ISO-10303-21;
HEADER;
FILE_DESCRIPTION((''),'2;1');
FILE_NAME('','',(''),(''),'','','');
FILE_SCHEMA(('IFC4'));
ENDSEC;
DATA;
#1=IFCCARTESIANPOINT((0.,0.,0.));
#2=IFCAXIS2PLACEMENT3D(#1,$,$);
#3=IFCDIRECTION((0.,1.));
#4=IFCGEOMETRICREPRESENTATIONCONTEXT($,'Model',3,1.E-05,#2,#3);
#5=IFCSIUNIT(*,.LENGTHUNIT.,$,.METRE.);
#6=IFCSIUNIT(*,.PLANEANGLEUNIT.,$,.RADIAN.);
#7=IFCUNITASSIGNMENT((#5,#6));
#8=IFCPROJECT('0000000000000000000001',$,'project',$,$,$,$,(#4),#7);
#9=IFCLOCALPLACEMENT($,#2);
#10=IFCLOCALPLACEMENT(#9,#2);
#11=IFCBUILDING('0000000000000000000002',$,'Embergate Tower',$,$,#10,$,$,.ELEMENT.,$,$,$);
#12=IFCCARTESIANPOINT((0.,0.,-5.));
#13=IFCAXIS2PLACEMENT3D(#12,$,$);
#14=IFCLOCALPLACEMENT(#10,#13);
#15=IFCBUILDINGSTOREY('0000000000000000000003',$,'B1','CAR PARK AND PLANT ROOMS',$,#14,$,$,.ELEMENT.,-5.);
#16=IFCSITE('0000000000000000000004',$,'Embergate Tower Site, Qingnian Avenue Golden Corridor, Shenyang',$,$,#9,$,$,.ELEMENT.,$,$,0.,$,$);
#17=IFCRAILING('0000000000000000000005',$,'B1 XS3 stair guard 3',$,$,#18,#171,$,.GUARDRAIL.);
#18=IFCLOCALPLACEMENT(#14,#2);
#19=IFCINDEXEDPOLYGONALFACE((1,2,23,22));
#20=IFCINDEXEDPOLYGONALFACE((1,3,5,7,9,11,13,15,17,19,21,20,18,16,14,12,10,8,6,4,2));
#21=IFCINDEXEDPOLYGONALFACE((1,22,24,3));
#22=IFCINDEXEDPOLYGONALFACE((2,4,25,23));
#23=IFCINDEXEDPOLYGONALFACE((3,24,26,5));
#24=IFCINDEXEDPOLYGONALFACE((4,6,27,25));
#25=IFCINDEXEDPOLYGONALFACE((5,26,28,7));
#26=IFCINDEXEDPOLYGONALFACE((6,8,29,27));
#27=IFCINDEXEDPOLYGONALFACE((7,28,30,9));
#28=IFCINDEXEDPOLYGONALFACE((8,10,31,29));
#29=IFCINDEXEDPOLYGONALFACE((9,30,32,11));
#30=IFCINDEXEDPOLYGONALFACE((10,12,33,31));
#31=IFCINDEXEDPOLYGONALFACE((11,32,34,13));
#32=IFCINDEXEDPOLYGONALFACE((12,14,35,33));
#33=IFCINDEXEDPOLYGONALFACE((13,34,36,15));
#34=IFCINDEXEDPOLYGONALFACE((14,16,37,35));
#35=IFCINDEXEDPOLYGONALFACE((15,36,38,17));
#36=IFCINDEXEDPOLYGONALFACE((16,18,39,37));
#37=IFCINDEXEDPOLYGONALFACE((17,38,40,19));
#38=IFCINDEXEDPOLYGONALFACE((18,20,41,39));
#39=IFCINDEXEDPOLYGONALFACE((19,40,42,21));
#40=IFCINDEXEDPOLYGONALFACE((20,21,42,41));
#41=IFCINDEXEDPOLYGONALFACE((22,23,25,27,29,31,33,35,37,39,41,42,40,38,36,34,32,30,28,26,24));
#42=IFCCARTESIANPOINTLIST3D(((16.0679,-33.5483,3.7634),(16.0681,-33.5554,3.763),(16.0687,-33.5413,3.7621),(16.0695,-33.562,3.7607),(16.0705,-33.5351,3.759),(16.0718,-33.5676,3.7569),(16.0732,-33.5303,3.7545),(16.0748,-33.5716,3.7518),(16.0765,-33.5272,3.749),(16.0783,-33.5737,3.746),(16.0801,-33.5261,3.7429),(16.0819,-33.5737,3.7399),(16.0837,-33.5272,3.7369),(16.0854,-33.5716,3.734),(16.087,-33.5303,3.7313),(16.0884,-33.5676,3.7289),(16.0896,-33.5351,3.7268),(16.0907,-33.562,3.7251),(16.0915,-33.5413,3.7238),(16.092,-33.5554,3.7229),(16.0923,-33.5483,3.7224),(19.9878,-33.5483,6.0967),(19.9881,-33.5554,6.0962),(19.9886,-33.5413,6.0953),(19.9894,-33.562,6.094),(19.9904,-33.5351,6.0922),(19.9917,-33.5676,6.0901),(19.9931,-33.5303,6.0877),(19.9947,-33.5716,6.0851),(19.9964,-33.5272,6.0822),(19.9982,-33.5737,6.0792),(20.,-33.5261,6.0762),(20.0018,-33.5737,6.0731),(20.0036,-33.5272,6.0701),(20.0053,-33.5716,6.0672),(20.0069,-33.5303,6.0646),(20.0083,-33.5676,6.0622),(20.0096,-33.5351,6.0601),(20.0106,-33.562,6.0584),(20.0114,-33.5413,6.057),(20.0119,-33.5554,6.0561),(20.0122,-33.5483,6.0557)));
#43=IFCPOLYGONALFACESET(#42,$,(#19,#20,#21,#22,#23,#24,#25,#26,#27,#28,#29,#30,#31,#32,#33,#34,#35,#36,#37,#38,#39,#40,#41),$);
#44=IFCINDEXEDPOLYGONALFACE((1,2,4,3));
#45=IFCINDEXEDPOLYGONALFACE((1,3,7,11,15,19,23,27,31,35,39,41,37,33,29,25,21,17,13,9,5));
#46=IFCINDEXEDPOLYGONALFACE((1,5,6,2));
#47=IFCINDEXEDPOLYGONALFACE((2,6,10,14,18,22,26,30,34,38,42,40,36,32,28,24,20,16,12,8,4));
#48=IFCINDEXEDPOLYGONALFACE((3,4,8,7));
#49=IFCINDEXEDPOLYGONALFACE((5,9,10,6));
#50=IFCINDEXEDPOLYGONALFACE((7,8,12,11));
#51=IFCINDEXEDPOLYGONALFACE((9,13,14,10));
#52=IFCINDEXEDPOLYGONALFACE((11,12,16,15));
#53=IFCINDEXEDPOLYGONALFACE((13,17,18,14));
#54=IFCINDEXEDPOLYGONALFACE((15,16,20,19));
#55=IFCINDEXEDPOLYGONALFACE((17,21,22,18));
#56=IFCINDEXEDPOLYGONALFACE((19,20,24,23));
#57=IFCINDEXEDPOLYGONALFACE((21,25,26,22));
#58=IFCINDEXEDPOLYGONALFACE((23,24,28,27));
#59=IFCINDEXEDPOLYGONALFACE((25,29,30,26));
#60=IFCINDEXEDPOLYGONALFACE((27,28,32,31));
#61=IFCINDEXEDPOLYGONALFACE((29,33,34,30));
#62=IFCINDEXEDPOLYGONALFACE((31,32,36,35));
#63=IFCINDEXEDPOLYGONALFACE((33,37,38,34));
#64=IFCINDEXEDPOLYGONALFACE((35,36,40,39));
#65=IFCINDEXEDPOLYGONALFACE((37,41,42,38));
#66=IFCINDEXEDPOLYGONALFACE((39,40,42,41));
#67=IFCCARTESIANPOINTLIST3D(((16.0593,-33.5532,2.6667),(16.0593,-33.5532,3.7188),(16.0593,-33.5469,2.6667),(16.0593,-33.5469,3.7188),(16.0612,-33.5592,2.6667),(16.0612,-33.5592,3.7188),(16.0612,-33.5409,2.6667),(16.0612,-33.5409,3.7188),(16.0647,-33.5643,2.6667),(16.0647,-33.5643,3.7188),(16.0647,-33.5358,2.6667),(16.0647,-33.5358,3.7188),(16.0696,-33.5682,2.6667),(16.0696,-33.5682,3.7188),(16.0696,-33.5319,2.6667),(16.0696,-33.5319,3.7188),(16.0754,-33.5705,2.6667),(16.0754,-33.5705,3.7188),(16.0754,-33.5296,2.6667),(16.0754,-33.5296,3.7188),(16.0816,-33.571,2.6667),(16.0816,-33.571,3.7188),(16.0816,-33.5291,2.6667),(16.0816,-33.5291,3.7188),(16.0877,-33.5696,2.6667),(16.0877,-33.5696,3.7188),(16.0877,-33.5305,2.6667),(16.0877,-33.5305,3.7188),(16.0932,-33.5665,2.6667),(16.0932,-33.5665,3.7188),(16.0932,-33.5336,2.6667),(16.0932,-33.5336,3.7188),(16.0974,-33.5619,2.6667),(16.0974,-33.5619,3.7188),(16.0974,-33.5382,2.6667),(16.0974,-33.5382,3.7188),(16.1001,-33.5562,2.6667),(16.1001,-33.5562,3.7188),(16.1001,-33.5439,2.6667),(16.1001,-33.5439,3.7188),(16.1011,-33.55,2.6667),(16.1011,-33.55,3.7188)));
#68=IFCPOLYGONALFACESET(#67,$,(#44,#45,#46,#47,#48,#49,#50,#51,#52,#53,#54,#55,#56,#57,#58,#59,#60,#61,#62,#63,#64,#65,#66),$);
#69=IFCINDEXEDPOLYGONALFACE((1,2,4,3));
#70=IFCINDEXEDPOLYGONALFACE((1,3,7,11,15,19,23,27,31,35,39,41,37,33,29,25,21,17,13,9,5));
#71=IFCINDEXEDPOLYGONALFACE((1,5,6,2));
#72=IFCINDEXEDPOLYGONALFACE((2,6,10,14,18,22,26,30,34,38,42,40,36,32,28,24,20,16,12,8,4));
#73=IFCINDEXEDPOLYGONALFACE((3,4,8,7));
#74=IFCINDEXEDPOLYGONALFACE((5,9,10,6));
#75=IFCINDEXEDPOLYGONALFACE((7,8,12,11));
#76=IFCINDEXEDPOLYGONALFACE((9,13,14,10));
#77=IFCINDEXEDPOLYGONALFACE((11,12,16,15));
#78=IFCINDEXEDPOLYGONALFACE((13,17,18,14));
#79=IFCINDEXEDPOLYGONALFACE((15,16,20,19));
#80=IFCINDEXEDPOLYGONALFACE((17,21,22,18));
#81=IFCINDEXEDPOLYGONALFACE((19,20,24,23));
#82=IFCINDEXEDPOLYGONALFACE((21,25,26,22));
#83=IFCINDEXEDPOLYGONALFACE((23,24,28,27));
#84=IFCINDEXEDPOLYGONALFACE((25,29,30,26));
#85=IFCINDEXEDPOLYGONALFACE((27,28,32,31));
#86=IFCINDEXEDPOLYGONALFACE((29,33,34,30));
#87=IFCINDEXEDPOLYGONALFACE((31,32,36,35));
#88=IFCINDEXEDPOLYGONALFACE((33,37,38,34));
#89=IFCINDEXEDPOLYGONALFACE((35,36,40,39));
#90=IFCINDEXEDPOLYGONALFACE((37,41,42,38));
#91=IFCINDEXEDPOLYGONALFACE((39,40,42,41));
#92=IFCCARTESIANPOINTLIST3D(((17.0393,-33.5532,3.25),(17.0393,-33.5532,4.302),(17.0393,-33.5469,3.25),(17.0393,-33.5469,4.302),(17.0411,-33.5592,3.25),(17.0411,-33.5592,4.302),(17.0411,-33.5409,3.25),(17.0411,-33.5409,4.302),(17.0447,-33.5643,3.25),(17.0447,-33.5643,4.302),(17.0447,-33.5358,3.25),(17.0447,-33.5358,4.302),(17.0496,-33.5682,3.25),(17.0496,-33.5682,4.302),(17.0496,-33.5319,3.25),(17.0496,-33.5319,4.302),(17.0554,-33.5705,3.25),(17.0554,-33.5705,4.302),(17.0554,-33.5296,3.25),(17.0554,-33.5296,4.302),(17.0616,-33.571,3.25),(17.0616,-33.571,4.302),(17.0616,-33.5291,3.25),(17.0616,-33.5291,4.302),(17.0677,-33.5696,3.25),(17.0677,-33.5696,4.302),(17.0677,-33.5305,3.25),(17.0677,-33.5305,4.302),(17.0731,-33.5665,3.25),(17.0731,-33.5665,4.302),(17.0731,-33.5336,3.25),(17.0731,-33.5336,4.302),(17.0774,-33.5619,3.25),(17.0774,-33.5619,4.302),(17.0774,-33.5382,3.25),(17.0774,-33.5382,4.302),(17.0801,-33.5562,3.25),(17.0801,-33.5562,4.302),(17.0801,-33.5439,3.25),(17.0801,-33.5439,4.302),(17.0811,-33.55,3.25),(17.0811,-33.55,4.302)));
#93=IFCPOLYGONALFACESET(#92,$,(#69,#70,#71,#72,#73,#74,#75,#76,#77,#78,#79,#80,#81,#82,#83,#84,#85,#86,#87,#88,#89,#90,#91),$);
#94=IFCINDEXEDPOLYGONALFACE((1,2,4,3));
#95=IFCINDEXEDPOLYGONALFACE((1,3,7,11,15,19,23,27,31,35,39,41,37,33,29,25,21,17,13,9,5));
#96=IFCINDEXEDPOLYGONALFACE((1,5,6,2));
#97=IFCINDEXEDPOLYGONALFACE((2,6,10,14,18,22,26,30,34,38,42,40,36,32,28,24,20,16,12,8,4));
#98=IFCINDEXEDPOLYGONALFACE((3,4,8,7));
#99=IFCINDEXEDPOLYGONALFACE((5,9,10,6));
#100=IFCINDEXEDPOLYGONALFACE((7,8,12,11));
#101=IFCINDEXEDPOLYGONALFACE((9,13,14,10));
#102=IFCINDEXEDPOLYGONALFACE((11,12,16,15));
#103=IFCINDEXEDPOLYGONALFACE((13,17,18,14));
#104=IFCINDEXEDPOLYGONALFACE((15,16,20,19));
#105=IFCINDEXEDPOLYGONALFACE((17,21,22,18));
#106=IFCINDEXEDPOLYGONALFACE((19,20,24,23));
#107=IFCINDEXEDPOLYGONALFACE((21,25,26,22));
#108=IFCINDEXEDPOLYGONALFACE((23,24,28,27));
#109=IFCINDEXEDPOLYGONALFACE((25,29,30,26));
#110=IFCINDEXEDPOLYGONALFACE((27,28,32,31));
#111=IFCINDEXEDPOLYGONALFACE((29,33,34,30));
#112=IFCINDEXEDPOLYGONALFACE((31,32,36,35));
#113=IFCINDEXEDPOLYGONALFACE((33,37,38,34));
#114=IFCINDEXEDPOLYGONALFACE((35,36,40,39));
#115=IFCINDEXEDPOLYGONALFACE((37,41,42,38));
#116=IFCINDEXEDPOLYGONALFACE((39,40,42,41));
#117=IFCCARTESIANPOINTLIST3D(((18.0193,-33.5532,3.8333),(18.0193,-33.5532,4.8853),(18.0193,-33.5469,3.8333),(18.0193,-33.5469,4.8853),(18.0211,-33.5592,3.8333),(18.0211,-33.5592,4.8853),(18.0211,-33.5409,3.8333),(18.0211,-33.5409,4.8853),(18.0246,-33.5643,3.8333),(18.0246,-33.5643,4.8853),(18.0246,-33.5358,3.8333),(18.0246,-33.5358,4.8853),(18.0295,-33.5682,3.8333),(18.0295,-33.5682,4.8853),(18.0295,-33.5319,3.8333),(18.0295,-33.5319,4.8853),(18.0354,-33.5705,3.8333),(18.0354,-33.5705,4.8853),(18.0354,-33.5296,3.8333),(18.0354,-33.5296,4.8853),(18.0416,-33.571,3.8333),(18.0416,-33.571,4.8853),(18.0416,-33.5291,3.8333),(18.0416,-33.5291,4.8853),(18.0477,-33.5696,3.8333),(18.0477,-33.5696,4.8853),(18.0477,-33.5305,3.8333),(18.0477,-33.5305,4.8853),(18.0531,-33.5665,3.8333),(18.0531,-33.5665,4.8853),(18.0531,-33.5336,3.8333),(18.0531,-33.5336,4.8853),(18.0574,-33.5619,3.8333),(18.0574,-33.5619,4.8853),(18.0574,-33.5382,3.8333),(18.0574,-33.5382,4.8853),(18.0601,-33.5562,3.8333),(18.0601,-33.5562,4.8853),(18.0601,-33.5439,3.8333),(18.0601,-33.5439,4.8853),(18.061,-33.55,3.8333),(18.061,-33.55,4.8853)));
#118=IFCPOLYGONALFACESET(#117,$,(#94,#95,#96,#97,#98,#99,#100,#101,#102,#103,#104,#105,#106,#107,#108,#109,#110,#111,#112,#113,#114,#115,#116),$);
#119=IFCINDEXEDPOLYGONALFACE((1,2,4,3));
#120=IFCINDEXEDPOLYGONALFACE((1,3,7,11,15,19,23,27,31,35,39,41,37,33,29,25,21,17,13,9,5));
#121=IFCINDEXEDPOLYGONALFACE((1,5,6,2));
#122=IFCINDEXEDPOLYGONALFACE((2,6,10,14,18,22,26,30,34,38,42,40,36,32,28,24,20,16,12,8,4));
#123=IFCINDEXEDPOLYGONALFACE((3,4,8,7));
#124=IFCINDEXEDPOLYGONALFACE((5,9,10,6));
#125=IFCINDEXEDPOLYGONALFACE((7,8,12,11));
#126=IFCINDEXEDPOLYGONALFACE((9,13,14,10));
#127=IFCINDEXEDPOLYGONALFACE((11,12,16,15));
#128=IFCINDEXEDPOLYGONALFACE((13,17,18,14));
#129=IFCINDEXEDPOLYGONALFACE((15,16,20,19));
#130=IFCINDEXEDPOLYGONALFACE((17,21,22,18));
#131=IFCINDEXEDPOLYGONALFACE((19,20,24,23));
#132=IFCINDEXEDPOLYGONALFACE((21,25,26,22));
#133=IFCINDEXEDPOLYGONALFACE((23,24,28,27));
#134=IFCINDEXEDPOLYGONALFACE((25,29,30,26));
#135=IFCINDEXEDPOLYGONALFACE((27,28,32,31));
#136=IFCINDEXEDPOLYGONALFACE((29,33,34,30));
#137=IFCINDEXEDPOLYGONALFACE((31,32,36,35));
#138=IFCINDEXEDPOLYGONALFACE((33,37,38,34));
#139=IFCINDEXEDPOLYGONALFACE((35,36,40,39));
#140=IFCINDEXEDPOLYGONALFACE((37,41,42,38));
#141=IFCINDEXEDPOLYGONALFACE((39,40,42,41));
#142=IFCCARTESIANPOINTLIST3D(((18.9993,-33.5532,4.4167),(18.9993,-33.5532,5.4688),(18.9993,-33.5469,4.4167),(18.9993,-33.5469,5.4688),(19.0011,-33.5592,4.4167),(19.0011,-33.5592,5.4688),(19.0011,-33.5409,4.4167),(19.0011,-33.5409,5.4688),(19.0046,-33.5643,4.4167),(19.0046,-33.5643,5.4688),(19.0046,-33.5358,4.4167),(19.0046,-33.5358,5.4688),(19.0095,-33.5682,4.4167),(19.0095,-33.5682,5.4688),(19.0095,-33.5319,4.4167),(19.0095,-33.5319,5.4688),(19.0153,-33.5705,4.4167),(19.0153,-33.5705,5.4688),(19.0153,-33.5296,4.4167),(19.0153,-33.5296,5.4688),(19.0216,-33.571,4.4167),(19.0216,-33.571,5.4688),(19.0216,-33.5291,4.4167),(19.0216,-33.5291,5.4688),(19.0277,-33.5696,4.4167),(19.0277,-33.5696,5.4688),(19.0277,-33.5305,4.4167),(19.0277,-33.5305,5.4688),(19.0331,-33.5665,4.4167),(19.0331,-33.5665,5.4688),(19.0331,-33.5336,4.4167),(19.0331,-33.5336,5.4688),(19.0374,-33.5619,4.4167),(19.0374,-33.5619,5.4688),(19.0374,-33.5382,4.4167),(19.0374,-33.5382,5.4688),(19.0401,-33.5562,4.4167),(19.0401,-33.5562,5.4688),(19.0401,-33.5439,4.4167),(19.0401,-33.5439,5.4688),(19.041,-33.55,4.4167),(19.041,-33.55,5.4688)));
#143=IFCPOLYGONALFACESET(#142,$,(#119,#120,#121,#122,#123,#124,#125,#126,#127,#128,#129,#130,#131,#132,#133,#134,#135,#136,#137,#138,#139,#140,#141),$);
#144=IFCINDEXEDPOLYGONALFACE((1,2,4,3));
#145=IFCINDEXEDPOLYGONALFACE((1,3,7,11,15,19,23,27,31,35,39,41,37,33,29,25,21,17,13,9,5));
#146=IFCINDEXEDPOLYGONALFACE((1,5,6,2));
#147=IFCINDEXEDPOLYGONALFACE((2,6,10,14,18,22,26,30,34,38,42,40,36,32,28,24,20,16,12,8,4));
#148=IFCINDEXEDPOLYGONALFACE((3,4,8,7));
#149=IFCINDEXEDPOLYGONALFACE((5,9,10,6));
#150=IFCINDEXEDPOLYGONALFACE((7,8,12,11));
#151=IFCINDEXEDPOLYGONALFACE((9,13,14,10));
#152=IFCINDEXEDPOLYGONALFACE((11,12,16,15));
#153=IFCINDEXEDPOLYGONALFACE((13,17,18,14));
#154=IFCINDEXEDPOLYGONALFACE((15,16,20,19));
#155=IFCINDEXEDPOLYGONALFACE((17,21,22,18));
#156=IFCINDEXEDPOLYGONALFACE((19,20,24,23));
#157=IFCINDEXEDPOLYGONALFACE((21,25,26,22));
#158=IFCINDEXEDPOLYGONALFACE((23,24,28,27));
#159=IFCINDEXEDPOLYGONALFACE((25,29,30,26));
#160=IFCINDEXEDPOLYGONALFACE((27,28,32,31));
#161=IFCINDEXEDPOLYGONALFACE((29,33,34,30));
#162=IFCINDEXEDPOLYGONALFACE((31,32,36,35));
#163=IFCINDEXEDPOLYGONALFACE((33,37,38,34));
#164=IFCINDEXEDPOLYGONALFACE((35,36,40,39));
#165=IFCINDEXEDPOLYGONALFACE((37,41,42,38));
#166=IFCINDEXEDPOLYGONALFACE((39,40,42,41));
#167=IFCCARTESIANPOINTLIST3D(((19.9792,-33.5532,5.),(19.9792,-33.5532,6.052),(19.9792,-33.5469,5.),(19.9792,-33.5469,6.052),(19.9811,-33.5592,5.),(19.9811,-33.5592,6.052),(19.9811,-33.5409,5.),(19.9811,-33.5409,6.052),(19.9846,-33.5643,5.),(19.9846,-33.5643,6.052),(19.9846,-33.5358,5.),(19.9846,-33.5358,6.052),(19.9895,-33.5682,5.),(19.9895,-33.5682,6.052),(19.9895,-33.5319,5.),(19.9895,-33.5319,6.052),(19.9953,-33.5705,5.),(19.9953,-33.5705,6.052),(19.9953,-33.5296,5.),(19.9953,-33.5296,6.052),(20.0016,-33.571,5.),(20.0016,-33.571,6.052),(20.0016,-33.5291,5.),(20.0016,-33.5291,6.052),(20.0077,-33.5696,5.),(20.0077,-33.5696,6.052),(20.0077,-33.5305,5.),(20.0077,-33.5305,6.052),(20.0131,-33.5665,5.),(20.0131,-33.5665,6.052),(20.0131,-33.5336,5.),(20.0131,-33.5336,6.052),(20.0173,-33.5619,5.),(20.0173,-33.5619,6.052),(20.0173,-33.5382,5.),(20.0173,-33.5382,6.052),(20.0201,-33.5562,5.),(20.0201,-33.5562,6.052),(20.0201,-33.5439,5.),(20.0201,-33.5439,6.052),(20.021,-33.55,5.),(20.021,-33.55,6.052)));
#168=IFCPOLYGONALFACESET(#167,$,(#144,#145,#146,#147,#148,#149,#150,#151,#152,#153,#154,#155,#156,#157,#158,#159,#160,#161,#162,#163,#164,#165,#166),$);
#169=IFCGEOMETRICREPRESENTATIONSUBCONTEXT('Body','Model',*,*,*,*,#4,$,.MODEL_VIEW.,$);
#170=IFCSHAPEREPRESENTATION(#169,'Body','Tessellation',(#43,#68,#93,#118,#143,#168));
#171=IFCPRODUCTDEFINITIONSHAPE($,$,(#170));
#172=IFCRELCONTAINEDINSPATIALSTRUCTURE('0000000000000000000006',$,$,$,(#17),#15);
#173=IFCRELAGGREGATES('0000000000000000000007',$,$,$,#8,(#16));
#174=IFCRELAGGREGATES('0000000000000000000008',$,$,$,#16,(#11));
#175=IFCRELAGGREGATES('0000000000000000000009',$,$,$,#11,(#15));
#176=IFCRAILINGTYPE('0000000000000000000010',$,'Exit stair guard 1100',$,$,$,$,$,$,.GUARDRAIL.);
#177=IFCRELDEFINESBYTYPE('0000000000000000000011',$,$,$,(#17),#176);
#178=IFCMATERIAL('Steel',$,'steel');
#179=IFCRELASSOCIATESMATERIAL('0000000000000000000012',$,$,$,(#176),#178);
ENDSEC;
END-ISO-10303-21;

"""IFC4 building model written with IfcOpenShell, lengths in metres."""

from ifc_helpers import new_model, si_unit, direction, frame, origin, origin_2d, place, context, subcontext, project, spatial, circle, extrude, source, transform, mapped, material, type_object, element, save


model = new_model("IFC4")

# Units and contexts
model_context = context("Model", 3, precision=1e-05, world=origin(), true_north=direction((0.0, 1.0)))
body_context = subcontext(model_context, "Body", "Model", "MODEL_VIEW")
ifc_project = project(units=[si_unit("LENGTHUNIT", "METRE"), si_unit("PLANEANGLEUNIT", "RADIAN")], contexts=[model_context])

# Site, building, storey
site_placement = place(None, origin())
site = spatial("IfcSite", under=ifc_project, at=site_placement, Name="Embergate Tower Site, Qingnian Avenue Golden Corridor, Shenyang", CompositionType="ELEMENT", RefElevation=0.0)
building_placement = place(site_placement, origin())
building = spatial("IfcBuilding", under=site, at=building_placement, Name="Embergate Tower", CompositionType="ELEMENT")
storey_placement = place(building_placement, frame((0.0, 0.0, -5.0)))
storey = spatial("IfcBuildingStorey", under=building, at=storey_placement, Name="B1", Description="CAR PARK AND PLANT ROOMS", CompositionType="ELEMENT", Elevation=-5.0)

# Railing
ifc_material_1 = material(Name="Steel", Category="steel")
railing_type_1 = type_object("IfcRailingType", Name="Exit stair guard 1100", PredefinedType="GUARDRAIL", material=ifc_material_1)
shared_shape_1 = source(origin(), body_context, "Body", "SweptSolid", [
    extrude(circle(Radius=0.0239, at=origin_2d()), frame((0.0, 0.0, 1.0762), z_axis=(0.859296, 0.0, 0.511478), x_axis=(0.0, 1.0, 0.0)), (0.0, 0.0, 1.0), 4.5618),
    extrude(circle(Radius=0.021, at=origin_2d()), origin(), (0.0, 0.0, 1.0), 1.052),
    extrude(circle(Radius=0.021, at=origin_2d()), frame((0.98, 0.0, 0.5833)), (0.0, 0.0, 1.0), 1.052),
    extrude(circle(Radius=0.021, at=origin_2d()), frame((1.96, 0.0, 1.1665)), (0.0, 0.0, 1.0), 1.052),
    extrude(circle(Radius=0.021, at=origin_2d()), frame((2.9399, 0.0, 1.75)), (0.0, 0.0, 1.0), 1.052),
    extrude(circle(Radius=0.021, at=origin_2d()), frame((3.9199, 0.0, 2.3333)), (0.0, 0.0, 1.0), 1.052),
])
railing_1_placement = place(storey_placement, frame((16.0801, -33.55, 2.6667)))
element("IfcRailing", 1, at=railing_1_placement, inside=storey, type_object=railing_type_1, Name="B1 XS3 stair guard 3", PredefinedType="GUARDRAIL", context=body_context, shape_type="MappedRepresentation", body=[
    mapped(shared_shape_1, transform((0.0, 0.0, 0.0))),
])

save(model, "model.ifc")
